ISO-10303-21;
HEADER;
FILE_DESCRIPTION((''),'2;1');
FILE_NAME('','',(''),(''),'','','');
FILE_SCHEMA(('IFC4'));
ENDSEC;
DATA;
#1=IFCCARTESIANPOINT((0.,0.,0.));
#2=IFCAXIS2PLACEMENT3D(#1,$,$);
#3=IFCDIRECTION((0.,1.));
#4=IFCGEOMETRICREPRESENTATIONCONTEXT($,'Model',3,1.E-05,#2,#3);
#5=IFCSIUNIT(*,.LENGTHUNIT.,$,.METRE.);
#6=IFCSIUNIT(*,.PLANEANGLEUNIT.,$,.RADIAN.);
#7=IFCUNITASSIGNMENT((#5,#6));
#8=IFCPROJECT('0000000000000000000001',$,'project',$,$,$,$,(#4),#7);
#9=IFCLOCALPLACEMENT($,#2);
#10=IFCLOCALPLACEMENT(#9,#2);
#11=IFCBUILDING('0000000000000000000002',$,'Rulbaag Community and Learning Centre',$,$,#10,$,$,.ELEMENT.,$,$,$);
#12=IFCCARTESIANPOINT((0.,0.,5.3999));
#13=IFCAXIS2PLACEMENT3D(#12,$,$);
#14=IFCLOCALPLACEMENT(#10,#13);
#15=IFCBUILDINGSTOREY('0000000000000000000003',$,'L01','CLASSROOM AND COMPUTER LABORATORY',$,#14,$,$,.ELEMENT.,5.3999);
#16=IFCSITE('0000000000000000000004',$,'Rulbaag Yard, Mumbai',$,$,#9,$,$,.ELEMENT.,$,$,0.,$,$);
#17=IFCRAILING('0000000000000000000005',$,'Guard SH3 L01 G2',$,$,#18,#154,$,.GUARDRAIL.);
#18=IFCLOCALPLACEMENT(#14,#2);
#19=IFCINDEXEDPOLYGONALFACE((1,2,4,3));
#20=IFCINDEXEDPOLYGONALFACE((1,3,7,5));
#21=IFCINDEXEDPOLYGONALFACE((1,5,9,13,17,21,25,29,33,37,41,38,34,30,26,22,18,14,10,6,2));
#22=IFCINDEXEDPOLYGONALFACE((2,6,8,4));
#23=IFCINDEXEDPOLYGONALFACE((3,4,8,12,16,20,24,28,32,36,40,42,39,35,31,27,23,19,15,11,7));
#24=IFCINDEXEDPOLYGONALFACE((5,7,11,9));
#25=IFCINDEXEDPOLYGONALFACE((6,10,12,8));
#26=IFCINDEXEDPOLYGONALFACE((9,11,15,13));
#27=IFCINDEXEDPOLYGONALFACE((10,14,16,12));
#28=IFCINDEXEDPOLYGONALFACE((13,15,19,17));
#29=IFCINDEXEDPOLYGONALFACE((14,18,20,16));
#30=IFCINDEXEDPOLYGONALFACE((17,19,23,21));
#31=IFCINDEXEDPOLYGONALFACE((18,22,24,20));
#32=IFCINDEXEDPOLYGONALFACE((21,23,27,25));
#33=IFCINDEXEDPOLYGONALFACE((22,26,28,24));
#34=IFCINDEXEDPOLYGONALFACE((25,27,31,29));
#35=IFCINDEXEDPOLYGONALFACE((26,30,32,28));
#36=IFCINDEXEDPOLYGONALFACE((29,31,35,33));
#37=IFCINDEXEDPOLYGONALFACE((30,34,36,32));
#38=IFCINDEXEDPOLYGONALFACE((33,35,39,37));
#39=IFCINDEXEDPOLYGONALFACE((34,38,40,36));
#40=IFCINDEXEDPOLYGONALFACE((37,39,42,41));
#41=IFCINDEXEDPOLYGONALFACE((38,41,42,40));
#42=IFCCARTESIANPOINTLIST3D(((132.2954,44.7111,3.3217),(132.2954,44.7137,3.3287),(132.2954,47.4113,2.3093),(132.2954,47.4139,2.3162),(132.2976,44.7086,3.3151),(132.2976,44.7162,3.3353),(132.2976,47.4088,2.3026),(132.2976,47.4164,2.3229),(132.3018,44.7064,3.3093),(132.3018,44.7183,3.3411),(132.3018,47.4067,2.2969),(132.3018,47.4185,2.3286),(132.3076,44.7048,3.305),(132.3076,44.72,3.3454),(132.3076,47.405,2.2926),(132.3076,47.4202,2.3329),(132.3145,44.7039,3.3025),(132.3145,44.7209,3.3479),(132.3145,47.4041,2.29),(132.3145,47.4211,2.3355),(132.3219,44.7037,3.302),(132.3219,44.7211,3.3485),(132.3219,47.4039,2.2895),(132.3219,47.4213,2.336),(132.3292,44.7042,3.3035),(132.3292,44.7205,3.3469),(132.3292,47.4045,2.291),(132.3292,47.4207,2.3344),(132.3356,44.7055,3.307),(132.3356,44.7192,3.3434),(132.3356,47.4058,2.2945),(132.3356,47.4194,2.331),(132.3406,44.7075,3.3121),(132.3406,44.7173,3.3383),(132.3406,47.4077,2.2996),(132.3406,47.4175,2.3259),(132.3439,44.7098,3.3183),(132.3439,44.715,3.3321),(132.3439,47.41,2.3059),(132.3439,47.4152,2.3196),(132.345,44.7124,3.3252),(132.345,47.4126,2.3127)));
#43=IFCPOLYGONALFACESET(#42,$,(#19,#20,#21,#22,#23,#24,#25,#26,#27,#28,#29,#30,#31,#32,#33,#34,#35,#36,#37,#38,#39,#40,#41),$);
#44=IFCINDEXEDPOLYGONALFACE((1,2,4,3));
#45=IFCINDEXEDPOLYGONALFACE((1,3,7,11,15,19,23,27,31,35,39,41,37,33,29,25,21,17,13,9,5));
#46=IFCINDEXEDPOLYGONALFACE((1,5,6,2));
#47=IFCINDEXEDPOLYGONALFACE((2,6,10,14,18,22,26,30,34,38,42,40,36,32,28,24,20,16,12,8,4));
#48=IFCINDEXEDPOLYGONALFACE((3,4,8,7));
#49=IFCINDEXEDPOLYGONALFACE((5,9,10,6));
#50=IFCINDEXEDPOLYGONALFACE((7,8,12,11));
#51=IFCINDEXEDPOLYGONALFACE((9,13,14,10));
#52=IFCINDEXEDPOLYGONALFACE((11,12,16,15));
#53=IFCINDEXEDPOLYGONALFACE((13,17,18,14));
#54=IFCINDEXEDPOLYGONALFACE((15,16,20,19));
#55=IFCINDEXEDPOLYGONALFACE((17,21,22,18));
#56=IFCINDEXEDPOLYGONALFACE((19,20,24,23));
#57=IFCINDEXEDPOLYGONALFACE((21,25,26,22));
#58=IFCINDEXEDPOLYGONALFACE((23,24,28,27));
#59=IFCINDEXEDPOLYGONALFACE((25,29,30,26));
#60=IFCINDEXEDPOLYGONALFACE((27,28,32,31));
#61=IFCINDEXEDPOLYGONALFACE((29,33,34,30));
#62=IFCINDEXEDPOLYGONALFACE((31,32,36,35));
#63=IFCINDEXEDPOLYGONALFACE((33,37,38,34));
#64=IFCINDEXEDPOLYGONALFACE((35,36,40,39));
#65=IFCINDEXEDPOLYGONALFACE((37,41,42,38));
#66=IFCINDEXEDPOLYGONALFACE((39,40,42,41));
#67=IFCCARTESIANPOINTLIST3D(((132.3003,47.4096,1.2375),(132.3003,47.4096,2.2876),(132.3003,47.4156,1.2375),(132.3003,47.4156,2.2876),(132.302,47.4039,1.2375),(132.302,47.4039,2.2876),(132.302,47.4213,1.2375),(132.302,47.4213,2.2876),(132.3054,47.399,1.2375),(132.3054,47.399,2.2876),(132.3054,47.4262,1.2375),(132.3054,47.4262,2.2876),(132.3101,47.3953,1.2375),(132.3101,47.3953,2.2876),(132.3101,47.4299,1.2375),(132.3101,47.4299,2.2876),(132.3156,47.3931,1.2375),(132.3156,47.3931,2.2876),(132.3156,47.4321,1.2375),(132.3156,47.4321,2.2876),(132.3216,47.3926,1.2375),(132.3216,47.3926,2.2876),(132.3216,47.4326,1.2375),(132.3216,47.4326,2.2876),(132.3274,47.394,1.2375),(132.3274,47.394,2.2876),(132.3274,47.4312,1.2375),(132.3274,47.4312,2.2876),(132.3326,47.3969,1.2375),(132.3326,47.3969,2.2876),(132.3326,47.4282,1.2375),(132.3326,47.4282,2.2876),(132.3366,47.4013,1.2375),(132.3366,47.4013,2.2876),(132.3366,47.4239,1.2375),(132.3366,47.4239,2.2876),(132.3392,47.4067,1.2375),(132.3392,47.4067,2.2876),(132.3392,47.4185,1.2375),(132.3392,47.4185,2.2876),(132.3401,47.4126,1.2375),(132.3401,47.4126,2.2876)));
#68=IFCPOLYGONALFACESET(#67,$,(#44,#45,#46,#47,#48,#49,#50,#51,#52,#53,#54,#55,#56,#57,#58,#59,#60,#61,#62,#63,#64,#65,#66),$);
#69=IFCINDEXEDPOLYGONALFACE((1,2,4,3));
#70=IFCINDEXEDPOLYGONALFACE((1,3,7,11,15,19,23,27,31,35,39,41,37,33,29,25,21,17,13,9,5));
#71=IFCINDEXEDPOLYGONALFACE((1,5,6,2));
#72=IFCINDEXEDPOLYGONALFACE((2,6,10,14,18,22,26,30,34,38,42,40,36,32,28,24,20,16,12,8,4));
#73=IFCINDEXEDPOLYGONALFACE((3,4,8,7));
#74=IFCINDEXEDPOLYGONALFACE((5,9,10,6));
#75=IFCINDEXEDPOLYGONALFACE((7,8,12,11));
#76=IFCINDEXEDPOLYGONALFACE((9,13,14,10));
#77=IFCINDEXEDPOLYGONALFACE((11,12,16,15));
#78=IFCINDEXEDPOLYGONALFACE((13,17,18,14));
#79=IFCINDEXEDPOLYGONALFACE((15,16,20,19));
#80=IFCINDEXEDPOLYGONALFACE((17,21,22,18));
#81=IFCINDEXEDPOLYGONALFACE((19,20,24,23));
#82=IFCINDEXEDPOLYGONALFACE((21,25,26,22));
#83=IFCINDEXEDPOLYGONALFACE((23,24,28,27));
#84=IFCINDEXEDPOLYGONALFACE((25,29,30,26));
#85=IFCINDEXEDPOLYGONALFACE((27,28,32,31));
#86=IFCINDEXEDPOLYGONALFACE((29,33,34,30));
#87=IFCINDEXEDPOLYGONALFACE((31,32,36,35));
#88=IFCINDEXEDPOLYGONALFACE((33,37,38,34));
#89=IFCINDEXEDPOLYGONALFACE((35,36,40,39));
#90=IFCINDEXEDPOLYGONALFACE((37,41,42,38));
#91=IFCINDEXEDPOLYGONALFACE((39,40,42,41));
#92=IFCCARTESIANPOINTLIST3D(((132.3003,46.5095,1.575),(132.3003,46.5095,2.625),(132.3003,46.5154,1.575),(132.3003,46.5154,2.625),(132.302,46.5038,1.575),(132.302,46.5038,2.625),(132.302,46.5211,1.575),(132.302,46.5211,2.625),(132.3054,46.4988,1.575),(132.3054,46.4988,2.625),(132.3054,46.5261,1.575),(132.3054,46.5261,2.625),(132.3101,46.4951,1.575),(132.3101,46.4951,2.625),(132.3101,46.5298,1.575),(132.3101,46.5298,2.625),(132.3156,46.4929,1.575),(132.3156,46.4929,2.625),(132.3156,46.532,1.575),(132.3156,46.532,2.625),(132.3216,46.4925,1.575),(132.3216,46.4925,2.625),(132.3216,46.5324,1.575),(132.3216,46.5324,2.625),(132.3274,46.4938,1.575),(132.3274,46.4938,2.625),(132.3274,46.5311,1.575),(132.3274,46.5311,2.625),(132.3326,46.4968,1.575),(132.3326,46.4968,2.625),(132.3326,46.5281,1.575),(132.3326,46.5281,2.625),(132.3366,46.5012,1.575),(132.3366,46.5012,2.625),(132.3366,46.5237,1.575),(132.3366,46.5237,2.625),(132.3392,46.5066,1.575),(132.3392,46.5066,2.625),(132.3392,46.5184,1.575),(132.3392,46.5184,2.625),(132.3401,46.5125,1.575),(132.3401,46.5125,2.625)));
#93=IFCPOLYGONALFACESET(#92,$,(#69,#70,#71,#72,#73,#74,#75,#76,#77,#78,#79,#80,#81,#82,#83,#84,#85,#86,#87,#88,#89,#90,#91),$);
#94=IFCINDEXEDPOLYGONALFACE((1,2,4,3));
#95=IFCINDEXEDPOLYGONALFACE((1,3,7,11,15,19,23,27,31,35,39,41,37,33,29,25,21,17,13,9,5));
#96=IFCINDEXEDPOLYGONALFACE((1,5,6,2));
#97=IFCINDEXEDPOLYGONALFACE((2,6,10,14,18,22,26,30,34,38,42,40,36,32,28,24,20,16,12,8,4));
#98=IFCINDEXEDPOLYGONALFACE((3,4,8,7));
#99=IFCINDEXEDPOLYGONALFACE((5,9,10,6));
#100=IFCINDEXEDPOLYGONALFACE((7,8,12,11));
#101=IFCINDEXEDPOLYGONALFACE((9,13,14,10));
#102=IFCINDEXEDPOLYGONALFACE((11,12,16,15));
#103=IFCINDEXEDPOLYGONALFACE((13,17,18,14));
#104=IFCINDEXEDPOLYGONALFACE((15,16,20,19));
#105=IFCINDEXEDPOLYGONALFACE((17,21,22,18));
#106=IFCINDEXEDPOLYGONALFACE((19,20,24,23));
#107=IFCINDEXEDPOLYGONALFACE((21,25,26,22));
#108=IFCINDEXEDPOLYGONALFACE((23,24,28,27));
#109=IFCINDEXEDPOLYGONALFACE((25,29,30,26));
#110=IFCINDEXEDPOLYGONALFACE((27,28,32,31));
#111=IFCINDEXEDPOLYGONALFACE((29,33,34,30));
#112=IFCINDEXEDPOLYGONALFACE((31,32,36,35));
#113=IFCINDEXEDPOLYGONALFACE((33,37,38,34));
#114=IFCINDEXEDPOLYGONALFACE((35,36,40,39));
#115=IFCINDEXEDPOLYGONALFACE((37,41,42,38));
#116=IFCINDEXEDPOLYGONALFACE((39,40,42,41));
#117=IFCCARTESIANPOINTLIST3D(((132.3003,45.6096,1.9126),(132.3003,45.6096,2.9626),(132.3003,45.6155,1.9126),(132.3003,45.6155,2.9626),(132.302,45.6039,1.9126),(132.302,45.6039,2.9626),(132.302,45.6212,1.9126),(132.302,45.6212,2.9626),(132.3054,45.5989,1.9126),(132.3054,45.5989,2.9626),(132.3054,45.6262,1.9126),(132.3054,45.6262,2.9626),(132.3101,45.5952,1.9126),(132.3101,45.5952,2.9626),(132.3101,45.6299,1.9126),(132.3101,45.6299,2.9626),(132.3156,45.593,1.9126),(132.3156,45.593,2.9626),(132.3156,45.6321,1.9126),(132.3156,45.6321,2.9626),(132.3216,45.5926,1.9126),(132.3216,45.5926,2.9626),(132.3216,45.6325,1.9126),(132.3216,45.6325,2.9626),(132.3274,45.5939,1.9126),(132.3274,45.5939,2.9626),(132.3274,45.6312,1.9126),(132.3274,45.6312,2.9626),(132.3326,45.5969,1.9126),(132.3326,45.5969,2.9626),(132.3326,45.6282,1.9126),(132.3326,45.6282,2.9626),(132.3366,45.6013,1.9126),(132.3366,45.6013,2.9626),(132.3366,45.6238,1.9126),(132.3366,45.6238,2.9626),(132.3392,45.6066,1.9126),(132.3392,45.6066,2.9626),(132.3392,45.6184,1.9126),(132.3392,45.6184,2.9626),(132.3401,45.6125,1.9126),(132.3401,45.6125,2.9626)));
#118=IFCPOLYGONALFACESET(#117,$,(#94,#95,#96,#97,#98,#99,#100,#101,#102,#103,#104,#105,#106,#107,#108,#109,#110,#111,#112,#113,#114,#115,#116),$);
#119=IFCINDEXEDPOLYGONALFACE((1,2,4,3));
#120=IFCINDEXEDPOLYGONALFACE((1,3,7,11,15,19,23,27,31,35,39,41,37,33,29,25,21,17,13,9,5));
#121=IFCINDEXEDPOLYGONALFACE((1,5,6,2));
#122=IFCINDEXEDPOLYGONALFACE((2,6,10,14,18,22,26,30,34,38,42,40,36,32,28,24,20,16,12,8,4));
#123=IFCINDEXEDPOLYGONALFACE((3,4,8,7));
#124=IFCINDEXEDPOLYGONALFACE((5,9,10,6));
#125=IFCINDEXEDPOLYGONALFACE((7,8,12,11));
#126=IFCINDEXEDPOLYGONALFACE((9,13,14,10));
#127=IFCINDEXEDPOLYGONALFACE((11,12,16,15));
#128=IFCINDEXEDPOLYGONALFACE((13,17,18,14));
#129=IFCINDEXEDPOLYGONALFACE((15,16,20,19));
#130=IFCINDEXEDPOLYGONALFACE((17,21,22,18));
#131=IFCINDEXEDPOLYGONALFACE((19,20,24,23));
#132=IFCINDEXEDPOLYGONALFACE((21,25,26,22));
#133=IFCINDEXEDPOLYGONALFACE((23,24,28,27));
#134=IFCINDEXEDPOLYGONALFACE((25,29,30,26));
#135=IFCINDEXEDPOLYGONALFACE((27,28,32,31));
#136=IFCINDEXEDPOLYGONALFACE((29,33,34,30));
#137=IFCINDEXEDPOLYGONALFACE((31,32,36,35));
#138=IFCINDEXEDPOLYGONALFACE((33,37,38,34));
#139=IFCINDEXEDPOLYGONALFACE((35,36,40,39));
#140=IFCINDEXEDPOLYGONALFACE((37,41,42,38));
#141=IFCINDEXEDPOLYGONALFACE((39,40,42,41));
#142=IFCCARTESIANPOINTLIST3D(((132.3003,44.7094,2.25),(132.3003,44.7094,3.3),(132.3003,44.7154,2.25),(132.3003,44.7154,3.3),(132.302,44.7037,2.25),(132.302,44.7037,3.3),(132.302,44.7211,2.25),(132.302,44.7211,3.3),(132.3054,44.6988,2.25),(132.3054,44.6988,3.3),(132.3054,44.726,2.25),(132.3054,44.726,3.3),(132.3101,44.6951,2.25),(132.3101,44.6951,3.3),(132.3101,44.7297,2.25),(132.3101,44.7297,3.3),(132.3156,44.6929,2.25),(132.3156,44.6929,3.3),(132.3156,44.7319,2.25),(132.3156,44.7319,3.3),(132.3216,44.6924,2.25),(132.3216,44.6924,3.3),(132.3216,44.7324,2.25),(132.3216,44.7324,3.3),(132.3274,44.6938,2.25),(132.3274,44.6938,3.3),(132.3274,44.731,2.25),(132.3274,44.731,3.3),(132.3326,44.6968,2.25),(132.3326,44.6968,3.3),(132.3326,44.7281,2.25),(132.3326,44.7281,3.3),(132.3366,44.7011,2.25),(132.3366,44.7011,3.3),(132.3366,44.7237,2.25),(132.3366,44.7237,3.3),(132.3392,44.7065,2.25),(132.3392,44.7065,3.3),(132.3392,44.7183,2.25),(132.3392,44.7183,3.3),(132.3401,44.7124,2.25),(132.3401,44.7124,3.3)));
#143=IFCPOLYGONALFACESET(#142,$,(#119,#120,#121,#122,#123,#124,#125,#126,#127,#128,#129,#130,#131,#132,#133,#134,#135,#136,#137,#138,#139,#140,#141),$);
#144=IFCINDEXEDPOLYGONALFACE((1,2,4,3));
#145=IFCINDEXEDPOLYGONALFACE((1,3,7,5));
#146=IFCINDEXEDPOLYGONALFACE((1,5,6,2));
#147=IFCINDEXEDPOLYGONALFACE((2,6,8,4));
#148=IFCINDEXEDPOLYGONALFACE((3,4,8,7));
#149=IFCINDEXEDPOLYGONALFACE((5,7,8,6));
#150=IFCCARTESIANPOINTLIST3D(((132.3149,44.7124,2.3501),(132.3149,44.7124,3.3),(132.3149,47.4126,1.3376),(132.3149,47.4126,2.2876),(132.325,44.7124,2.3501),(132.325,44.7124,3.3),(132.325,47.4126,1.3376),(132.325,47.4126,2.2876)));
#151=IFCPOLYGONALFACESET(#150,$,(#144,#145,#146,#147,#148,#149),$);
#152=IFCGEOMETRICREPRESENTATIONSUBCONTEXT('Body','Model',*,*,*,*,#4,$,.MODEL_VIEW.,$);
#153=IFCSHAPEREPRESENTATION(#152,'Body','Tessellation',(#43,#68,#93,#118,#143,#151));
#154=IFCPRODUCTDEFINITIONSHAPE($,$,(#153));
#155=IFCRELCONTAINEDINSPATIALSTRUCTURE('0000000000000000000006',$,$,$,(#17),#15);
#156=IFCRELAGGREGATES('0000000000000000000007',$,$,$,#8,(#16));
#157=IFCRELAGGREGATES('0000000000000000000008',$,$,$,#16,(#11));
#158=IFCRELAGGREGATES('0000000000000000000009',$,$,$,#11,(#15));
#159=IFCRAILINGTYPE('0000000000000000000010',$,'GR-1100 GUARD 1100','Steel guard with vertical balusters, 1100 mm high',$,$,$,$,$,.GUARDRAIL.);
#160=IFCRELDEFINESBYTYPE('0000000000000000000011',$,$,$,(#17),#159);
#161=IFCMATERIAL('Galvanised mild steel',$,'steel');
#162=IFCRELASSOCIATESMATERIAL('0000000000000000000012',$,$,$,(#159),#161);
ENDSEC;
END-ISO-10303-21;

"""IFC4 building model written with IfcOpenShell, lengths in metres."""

from ifc_helpers import new_model, si_unit, direction, frame, origin, origin_2d, place, context, subcontext, project, spatial, polyline, circle, outline, extrude, material, type_object, element, save


model = new_model("IFC4")

# Units and contexts
model_context = context("Model", 3, precision=1e-05, world=origin(), true_north=direction((0.0, 1.0)))
body_context = subcontext(model_context, "Body", "Model", "MODEL_VIEW")
ifc_project = project(units=[si_unit("LENGTHUNIT", "METRE"), si_unit("PLANEANGLEUNIT", "RADIAN")], contexts=[model_context])

# Site, building, storey
site_placement = place(None, origin())
site = spatial("IfcSite", under=ifc_project, at=site_placement, Name="Rulbaag Yard, Mumbai", CompositionType="ELEMENT", RefElevation=0.0)
building_placement = place(site_placement, origin())
building = spatial("IfcBuilding", under=site, at=building_placement, Name="Rulbaag Community and Learning Centre", CompositionType="ELEMENT")
storey_placement = place(building_placement, frame((0.0, 0.0, 5.3999)))
storey = spatial("IfcBuildingStorey", under=building, at=storey_placement, Name="L01", Description="CLASSROOM AND COMPUTER LABORATORY", CompositionType="ELEMENT", Elevation=5.3999)

# Railing
ifc_material_1 = material(Name="Galvanised mild steel", Category="steel")
railing_type = type_object("IfcRailingType", Name="GR-1100 GUARD 1100", Description="Steel guard with vertical balusters, 1100 mm high", PredefinedType="GUARDRAIL", material=ifc_material_1)
for number, where, name in (
    (1, (132.3201, 47.4126, 1.2375), "Guard SH3 L01 G2"),
):
    element("IfcRailing", number, at=place(storey_placement, frame(where)), inside=storey, type_object=railing_type, Name=name, PredefinedType="GUARDRAIL", context=body_context, shape_type="SweptSolid", body=[
        extrude(circle(Radius=0.0249, at=origin_2d()), frame((0.0, 0.0, 1.0752), z_axis=(0.0, -0.936343, 0.351086), x_axis=(1.0, 0.0, 0.0)), (0.0, 0.0, 1.0), 2.8838),
        extrude(circle(Radius=0.02, at=origin_2d()), origin(), (0.0, 0.0, 1.0), 1.05),
        extrude(circle(Radius=0.02, at=origin_2d()), frame((0.0, -0.9001, 0.3374)), (0.0, 0.0, 1.0), 1.05),
        extrude(circle(Radius=0.02, at=origin_2d()), frame((0.0, -1.8, 0.675)), (0.0, 0.0, 1.0), 1.05),
        extrude(circle(Radius=0.02, at=origin_2d()), frame((0.0, -2.7002, 1.0125)), (0.0, 0.0, 1.0), 1.05),
        extrude(outline(polyline([(0.0, 0.0), (2.7002, 1.0125), (2.7002, 1.9624), (0.0, 0.95), (0.0, 0.0)])), frame((0.0049, 0.0, 0.1001), z_axis=(-1.0, 0.0, 0.0), x_axis=(0.0, -1.0, 0.0)), (0.0, 0.0, 1.0), 0.01),
    ])

save(model, "model.ifc")
